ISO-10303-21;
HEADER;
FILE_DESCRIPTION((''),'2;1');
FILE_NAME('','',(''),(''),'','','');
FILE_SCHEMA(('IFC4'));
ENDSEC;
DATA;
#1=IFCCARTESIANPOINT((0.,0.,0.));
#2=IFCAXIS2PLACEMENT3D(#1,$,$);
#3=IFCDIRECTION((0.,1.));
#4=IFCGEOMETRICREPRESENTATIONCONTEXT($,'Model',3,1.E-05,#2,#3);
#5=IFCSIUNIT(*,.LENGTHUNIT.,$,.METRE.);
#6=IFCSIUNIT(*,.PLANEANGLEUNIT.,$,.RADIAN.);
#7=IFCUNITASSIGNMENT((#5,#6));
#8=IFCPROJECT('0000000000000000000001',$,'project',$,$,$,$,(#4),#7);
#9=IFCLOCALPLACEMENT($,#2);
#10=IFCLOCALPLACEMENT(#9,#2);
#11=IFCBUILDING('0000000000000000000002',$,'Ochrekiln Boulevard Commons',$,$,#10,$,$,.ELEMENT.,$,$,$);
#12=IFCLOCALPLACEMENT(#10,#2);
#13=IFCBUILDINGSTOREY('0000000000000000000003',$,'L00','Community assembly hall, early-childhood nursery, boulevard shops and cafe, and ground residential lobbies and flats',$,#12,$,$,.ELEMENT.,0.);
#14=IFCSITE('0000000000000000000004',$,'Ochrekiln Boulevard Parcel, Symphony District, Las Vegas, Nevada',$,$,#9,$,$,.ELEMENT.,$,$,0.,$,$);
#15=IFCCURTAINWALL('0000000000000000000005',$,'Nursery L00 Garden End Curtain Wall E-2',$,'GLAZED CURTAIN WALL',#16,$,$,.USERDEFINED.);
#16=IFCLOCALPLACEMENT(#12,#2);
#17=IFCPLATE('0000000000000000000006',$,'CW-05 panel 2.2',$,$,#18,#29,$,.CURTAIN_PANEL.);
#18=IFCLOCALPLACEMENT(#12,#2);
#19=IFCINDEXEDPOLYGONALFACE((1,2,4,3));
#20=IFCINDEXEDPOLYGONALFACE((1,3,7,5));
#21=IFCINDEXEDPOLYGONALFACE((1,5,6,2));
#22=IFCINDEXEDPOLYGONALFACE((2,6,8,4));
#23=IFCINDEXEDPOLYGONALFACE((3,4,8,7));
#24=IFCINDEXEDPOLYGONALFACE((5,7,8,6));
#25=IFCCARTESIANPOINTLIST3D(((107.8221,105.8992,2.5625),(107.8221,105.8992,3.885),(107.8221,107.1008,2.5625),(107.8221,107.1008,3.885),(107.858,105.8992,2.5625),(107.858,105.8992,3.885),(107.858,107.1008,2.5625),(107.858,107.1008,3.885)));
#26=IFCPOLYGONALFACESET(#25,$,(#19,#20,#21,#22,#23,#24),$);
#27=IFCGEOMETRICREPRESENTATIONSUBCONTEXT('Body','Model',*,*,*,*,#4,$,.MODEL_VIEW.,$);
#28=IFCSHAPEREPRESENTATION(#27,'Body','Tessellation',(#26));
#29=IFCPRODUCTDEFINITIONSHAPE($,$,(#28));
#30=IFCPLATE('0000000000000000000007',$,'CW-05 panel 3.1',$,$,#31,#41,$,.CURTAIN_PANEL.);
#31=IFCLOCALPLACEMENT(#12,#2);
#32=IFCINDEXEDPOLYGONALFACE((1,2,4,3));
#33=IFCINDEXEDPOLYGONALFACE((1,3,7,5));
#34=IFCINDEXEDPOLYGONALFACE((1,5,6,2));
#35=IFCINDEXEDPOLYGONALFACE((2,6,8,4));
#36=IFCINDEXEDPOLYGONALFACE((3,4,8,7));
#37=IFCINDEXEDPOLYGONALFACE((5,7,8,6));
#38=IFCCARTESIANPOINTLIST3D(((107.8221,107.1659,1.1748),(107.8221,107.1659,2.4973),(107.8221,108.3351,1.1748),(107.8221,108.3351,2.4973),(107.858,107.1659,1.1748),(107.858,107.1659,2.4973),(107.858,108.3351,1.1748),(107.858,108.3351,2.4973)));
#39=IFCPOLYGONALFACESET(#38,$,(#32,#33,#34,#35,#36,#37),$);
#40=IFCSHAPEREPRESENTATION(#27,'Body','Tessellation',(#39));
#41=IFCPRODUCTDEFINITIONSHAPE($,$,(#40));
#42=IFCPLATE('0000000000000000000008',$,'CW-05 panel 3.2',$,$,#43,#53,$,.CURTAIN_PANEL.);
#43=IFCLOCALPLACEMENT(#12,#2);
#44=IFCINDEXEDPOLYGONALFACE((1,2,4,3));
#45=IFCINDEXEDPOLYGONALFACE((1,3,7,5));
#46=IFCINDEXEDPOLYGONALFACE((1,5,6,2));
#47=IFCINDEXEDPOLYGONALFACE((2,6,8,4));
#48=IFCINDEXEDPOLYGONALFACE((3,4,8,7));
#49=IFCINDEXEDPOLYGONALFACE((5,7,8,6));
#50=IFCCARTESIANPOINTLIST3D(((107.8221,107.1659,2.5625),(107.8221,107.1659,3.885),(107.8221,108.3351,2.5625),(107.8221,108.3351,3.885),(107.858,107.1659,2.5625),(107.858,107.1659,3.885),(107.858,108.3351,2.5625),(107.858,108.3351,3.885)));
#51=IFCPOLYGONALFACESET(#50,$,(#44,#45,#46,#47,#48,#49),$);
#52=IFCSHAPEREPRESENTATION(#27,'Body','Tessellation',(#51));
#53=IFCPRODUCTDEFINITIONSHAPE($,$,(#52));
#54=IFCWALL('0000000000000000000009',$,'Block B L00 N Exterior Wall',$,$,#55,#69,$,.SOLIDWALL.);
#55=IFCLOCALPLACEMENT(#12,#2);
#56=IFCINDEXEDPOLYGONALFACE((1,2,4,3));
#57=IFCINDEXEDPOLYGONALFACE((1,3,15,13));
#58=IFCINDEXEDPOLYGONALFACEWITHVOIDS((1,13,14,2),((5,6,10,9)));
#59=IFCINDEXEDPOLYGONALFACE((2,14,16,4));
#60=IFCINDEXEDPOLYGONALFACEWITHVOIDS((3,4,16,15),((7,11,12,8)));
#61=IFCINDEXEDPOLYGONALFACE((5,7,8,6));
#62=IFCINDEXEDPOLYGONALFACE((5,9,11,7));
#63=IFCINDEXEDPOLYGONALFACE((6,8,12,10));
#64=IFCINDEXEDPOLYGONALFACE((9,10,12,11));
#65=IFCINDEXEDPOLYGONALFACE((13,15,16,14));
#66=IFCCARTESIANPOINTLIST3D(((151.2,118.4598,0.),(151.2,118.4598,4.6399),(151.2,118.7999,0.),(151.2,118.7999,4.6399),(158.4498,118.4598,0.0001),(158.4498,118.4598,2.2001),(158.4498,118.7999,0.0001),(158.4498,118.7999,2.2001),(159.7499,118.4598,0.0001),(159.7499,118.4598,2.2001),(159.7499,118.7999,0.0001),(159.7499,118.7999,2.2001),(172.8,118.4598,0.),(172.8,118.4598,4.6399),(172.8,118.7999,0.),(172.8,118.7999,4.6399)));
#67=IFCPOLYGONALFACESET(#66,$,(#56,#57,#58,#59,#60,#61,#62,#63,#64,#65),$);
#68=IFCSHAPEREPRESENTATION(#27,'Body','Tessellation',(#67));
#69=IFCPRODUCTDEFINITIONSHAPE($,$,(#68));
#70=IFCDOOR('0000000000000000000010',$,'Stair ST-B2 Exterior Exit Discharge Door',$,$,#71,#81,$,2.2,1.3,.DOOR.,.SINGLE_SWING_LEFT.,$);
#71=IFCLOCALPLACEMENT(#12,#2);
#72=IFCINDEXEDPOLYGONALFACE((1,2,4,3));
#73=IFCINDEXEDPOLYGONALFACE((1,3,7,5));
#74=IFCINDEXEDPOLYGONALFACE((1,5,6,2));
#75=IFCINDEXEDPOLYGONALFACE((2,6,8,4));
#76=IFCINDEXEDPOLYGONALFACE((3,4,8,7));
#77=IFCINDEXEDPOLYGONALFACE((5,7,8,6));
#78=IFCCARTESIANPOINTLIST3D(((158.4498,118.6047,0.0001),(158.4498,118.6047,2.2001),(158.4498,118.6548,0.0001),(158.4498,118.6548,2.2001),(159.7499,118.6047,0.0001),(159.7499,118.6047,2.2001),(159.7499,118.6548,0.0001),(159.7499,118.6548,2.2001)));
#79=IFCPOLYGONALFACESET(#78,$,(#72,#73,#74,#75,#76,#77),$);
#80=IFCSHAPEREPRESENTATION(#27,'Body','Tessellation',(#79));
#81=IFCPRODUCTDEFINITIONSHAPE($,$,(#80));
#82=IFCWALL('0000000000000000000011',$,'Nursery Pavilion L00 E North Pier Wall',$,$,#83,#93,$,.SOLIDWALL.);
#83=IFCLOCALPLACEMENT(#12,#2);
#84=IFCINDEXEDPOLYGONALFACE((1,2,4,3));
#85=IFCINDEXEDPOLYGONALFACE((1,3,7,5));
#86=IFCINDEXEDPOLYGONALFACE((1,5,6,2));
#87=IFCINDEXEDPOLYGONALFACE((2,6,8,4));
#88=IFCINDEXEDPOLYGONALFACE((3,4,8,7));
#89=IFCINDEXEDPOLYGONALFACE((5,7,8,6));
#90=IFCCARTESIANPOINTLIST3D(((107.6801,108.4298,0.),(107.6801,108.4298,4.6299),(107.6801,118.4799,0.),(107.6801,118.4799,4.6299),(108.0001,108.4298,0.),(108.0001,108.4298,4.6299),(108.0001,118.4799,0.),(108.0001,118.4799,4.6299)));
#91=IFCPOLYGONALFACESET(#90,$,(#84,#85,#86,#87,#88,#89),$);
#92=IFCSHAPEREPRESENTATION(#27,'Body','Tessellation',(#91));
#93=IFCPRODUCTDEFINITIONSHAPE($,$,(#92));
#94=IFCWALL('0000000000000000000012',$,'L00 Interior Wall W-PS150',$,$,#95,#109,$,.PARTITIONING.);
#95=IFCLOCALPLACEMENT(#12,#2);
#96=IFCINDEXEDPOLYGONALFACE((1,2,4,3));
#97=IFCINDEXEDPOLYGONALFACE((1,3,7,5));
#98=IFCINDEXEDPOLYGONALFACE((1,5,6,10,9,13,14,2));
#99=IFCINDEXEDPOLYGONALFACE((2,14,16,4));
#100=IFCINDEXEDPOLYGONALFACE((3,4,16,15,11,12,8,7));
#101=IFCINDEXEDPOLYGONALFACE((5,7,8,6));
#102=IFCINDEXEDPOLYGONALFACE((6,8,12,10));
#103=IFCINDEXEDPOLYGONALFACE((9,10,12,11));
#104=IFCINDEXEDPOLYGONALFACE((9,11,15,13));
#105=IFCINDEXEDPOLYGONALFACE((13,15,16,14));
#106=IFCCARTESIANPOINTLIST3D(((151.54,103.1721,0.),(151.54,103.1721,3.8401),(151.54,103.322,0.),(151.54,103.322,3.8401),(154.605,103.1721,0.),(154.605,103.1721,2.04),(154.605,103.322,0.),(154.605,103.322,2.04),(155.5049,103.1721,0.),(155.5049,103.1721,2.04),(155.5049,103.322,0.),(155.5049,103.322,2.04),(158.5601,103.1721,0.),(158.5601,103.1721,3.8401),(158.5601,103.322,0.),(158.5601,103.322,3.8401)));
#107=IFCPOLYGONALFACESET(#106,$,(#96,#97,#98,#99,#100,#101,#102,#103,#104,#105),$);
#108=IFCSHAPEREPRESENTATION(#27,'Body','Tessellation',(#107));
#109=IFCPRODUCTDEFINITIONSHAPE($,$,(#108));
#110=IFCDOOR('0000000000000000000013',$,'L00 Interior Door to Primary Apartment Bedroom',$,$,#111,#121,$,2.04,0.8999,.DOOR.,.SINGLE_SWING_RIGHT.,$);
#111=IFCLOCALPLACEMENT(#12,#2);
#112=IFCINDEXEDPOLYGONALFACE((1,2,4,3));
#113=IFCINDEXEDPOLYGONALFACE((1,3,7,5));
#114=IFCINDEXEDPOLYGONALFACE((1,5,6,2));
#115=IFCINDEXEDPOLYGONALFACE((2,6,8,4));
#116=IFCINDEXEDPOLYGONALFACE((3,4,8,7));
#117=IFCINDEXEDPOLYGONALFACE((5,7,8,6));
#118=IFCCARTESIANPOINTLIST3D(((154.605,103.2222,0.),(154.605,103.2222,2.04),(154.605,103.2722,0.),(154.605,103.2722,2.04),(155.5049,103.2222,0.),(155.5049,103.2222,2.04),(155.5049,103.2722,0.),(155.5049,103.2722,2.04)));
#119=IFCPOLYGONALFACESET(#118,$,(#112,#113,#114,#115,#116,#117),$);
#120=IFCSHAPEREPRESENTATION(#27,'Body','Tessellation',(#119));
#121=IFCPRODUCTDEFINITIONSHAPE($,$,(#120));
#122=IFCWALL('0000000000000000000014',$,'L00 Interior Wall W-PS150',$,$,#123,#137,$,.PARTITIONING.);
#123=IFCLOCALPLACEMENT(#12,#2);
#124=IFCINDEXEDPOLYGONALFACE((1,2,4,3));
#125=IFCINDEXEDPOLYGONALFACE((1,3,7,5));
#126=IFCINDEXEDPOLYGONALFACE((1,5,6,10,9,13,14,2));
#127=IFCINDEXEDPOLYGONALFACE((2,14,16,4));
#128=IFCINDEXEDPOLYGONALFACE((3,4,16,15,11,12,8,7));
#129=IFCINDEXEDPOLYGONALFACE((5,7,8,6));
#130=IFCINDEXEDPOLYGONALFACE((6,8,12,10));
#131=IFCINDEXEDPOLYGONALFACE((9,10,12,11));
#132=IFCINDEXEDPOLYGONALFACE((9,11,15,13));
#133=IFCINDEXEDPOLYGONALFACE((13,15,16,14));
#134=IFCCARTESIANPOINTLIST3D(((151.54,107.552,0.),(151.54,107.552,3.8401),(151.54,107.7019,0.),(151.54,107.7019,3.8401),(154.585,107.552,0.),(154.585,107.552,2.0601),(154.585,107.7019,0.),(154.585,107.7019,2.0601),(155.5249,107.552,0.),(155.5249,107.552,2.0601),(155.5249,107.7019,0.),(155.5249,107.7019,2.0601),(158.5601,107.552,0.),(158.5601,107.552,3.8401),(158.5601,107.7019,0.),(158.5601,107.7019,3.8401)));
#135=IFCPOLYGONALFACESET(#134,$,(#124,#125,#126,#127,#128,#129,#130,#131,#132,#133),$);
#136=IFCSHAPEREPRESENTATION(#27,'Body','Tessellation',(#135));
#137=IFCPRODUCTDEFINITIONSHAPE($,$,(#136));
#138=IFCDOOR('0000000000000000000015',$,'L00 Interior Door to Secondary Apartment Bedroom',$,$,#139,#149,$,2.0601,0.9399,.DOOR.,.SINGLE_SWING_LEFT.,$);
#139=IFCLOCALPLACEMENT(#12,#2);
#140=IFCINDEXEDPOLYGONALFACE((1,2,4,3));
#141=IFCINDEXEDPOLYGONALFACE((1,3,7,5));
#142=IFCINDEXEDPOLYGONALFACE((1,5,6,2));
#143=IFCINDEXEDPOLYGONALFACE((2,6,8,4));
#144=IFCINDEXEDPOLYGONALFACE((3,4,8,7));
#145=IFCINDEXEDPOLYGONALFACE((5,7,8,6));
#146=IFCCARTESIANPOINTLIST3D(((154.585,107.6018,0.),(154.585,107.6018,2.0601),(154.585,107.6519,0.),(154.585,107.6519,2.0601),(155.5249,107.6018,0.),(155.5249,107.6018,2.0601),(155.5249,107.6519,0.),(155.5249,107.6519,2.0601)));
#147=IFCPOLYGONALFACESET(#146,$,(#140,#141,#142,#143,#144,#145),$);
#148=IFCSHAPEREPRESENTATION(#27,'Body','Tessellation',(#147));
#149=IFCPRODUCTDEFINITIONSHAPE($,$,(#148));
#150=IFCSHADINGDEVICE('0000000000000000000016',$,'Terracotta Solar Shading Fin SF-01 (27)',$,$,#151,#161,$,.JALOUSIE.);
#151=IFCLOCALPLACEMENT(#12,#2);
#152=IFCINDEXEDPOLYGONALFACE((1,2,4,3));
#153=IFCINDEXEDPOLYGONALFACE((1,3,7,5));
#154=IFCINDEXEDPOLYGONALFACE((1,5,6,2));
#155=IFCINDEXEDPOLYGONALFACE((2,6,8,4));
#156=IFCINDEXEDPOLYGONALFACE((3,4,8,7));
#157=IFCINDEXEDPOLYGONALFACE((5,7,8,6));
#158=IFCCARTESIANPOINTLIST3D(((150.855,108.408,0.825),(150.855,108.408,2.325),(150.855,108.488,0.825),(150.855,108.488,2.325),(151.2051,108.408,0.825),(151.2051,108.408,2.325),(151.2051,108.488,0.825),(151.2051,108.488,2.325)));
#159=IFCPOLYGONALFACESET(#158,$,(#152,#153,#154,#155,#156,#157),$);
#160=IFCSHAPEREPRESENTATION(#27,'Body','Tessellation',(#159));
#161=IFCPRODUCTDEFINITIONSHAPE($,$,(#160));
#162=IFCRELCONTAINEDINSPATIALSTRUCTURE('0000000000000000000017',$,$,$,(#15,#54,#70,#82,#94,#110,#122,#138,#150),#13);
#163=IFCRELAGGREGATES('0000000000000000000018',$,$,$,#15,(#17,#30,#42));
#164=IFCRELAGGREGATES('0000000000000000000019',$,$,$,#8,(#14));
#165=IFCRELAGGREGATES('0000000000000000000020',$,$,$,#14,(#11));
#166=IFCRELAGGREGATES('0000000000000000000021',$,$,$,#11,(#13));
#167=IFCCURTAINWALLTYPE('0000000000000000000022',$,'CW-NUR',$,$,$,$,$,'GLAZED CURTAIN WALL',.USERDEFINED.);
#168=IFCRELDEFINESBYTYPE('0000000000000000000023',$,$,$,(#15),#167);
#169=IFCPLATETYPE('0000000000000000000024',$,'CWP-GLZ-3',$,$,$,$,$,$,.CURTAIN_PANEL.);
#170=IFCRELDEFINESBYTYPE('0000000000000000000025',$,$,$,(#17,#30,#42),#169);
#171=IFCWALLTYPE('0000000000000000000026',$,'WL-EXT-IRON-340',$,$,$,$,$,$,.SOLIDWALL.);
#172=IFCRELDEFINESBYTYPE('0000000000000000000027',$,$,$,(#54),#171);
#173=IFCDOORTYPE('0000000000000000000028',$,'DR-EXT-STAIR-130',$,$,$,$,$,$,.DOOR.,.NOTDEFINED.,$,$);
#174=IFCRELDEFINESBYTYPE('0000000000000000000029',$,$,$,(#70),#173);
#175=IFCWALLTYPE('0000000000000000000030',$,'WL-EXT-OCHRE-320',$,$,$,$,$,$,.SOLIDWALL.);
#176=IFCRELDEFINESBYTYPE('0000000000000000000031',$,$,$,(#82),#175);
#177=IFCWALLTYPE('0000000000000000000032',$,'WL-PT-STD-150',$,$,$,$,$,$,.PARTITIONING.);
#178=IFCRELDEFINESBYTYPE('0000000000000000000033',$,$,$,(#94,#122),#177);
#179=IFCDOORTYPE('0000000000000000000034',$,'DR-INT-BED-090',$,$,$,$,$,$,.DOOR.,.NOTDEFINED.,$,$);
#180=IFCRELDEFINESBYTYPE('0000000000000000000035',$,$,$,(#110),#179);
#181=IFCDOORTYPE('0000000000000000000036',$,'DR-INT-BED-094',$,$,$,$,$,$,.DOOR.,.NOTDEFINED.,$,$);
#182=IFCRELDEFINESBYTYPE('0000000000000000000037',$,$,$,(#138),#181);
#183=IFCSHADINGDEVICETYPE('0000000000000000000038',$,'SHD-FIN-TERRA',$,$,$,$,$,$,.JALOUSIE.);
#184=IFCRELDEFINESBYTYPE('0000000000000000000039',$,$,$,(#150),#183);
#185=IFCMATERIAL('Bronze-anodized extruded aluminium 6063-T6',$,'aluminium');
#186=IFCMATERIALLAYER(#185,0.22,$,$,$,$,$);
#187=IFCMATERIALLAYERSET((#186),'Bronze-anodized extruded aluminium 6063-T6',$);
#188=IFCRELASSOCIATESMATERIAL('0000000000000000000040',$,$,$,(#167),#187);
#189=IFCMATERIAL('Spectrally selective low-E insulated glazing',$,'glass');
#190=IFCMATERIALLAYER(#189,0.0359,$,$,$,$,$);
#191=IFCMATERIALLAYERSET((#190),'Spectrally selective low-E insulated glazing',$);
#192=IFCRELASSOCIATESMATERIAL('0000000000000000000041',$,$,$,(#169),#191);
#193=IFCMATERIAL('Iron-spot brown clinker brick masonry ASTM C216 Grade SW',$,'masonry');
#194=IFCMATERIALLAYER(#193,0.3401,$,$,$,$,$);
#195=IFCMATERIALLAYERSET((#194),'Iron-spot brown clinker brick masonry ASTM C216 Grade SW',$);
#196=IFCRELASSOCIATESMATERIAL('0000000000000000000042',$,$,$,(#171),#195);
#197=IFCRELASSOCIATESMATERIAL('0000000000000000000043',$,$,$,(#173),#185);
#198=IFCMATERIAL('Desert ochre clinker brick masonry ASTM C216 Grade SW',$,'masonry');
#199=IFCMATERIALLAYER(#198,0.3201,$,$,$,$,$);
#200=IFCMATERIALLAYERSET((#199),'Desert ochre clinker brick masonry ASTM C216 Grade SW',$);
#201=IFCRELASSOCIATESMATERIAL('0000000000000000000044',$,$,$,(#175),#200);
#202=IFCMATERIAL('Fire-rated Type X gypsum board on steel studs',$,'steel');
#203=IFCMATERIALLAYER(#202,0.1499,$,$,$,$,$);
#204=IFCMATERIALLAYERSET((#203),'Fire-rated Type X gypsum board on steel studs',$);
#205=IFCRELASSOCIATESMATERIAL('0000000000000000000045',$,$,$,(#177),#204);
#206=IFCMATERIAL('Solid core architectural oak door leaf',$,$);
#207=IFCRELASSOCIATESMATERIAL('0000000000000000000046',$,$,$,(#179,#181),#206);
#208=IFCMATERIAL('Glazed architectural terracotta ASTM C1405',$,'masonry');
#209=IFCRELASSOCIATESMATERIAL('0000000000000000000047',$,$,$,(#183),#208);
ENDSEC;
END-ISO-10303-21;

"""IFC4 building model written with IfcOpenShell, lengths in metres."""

from ifc_helpers import new_model, si_unit, direction, frame, frame_2d, origin, origin_2d, place, context, subcontext, project, spatial, rectangle, extrude, material, layer, layer_set, type_object, element, fill, aggregate, save


model = new_model("IFC4")

# Units and contexts
model_context = context("Model", 3, precision=1e-05, world=origin(), true_north=direction((0.0, 1.0)))
body_context = subcontext(model_context, "Body", "Model", "MODEL_VIEW")
ifc_project = project(units=[si_unit("LENGTHUNIT", "METRE"), si_unit("PLANEANGLEUNIT", "RADIAN")], contexts=[model_context])

# Site, building, storey
site_placement = place(None, origin())
site = spatial("IfcSite", under=ifc_project, at=site_placement, Name="Ochrekiln Boulevard Parcel, Symphony District, Las Vegas, Nevada", CompositionType="ELEMENT", RefElevation=0.0)
building_placement = place(site_placement, origin())
building = spatial("IfcBuilding", under=site, at=building_placement, Name="Ochrekiln Boulevard Commons", CompositionType="ELEMENT")
storey_placement = place(building_placement, origin())
storey = spatial("IfcBuildingStorey", under=building, at=storey_placement, Name="L00", Description="Community assembly hall, early-childhood nursery, boulevard shops and cafe, and ground residential lobbies and flats", CompositionType="ELEMENT", Elevation=0.0)

# Curtain wall
ifc_material_1 = material(Name="Bronze-anodized extruded aluminium 6063-T6", Category="aluminium")
ifc_layer_1 = layer(ifc_material_1, 0.22)
ifc_layer_set_1 = layer_set([ifc_layer_1], Name="Bronze-anodized extruded aluminium 6063-T6")
curtain_wall_type = type_object("IfcCurtainWallType", Name="CW-NUR", ElementType="GLAZED CURTAIN WALL", PredefinedType="USERDEFINED", material=ifc_layer_set_1)
curtain_wall_placement = place(storey_placement, origin())
curtain_wall = element("IfcCurtainWall", 1, at=curtain_wall_placement, inside=storey, type_object=curtain_wall_type, Name="Nursery L00 Garden End Curtain Wall E-2", ObjectType="GLAZED CURTAIN WALL", PredefinedType="USERDEFINED")

# Plates
ifc_material_2 = material(Name="Spectrally selective low-E insulated glazing", Category="glass")
ifc_layer_2 = layer(ifc_material_2, 0.0359)
ifc_layer_set_2 = layer_set([ifc_layer_2], Name="Spectrally selective low-E insulated glazing")
plate_type = type_object("IfcPlateType", Name="CWP-GLZ-3", PredefinedType="CURTAIN_PANEL", material=ifc_layer_set_2)
plate_1_placement = place(storey_placement, frame((107.8401, 106.5, 2.5625), z_axis=(0.0, 0.0, 1.0), x_axis=(0.0, 1.0, 0.0)))
plate_1 = element("IfcPlate", 2, at=plate_1_placement, type_object=plate_type, Name="CW-05 panel 2.2", PredefinedType="CURTAIN_PANEL", context=body_context, shape_type="SweptSolid", body=[
    extrude(rectangle(XDim=1.2017, YDim=0.0359, at=origin_2d()), origin(), (0.0, 0.0, 1.0), 1.3225),
])
plate_2_placement = place(storey_placement, frame((107.8401, 107.7505, 1.1748), z_axis=(0.0, 0.0, 1.0), x_axis=(0.0, 1.0, 0.0)))
plate_2 = element("IfcPlate", 3, at=plate_2_placement, type_object=plate_type, Name="CW-05 panel 3.1", PredefinedType="CURTAIN_PANEL", context=body_context, shape_type="SweptSolid", body=[
    extrude(rectangle(XDim=1.1692, YDim=0.0359, at=origin_2d()), origin(), (0.0, 0.0, 1.0), 1.3225),
])
plate_3_placement = place(storey_placement, frame((107.8401, 107.7505, 2.5625), z_axis=(0.0, 0.0, 1.0), x_axis=(0.0, 1.0, 0.0)))
plate_3 = element("IfcPlate", 4, at=plate_3_placement, type_object=plate_type, Name="CW-05 panel 3.2", PredefinedType="CURTAIN_PANEL", context=body_context, shape_type="SweptSolid", body=[
    extrude(rectangle(XDim=1.1692, YDim=0.0359, at=origin_2d()), origin(), (0.0, 0.0, 1.0), 1.3225),
])
aggregate(curtain_wall, [plate_1, plate_2, plate_3])

# Wall, opening, door
ifc_material_3 = material(Name="Iron-spot brown clinker brick masonry ASTM C216 Grade SW", Category="masonry")
ifc_layer_3 = layer(ifc_material_3, 0.3401)
ifc_layer_set_3 = layer_set([ifc_layer_3], Name="Iron-spot brown clinker brick masonry ASTM C216 Grade SW")
wall_type_1 = type_object("IfcWallType", Name="WL-EXT-IRON-340", PredefinedType="SOLIDWALL", material=ifc_layer_set_3)
wall_1_placement = place(storey_placement, frame((151.2, 118.6299, 0.0), z_axis=(0.0, 0.0, 1.0), x_axis=(1.0, 0.0, 0.0)))
wall_1 = element("IfcWall", 5, at=wall_1_placement, inside=storey, type_object=wall_type_1, Name="Block B L00 N Exterior Wall", PredefinedType="SOLIDWALL", context=body_context, shape_type="SweptSolid", body=[
    extrude(rectangle(XDim=21.6001, YDim=0.3401, at=frame_2d((10.8, 0.0))), origin(), (0.0, 0.0, 1.0), 4.6399),
])
opening_1_placement = place(wall_1_placement, frame((7.25, 0.0, 0.0)))
opening_1 = element("IfcOpeningElement", 6, at=opening_1_placement, cuts=wall_1, PredefinedType="OPENING", context=body_context, shape_type="SweptSolid", body=[
    extrude(rectangle(XDim=1.3, YDim=2.2, at=frame_2d((0.6499, 1.1001))), frame((0.0, 0.1799, 0.0), z_axis=(0.0, -1.0, 0.0), x_axis=(1.0, 0.0, 0.0)), (0.0, 0.0, 1.0), 0.3601),
])
door_type_1 = type_object("IfcDoorType", Name="DR-EXT-STAIR-130", OperationType="NOTDEFINED", PredefinedType="DOOR", material=ifc_material_1)
door_1_placement = place(opening_1_placement, origin())
door_1 = element("IfcDoor", 7, at=door_1_placement, inside=storey, type_object=door_type_1, Name="Stair ST-B2 Exterior Exit Discharge Door", OperationType="SINGLE_SWING_LEFT", OverallHeight=2.2, OverallWidth=1.3, PredefinedType="DOOR", context=body_context, shape_type="SweptSolid", body=[
    extrude(rectangle(XDim=1.3, YDim=2.2, at=frame_2d((0.6499, 1.1001))), frame((0.0, 0.0249, 0.0), z_axis=(0.0, -1.0, 0.0), x_axis=(1.0, 0.0, 0.0)), (0.0, 0.0, 1.0), 0.05),
])
fill(opening_1, door_1)

# Wall
ifc_material_4 = material(Name="Desert ochre clinker brick masonry ASTM C216 Grade SW", Category="masonry")
ifc_layer_4 = layer(ifc_material_4, 0.3201)
ifc_layer_set_4 = layer_set([ifc_layer_4], Name="Desert ochre clinker brick masonry ASTM C216 Grade SW")
wall_type_2 = type_object("IfcWallType", Name="WL-EXT-OCHRE-320", PredefinedType="SOLIDWALL", material=ifc_layer_set_4)
wall_2_placement = place(storey_placement, frame((107.8401, 108.4299, 0.0), z_axis=(0.0, 0.0, 1.0), x_axis=(0.0, 1.0, 0.0)))
element("IfcWall", 8, at=wall_2_placement, inside=storey, type_object=wall_type_2, Name="Nursery Pavilion L00 E North Pier Wall", PredefinedType="SOLIDWALL", context=body_context, shape_type="SweptSolid", body=[
    extrude(rectangle(XDim=10.05, YDim=0.3201, at=frame_2d((5.0249, 0.0))), origin(), (0.0, 0.0, 1.0), 4.6299),
])

# Walls, openings, doors
ifc_material_5 = material(Name="Fire-rated Type X gypsum board on steel studs", Category="steel")
ifc_layer_5 = layer(ifc_material_5, 0.1499)
ifc_layer_set_5 = layer_set([ifc_layer_5], Name="Fire-rated Type X gypsum board on steel studs")
wall_type_3 = type_object("IfcWallType", Name="WL-PT-STD-150", PredefinedType="PARTITIONING", material=ifc_layer_set_5)
wall_3_placement = place(storey_placement, frame((151.54, 103.2471, 0.0), z_axis=(0.0, 0.0, 1.0), x_axis=(1.0, 0.0, 0.0)))
wall_3 = element("IfcWall", 9, at=wall_3_placement, inside=storey, type_object=wall_type_3, Name="L00 Interior Wall W-PS150", PredefinedType="PARTITIONING", context=body_context, shape_type="SweptSolid", body=[
    extrude(rectangle(XDim=7.02, YDim=0.1499, at=frame_2d((3.51, 0.0))), origin(), (0.0, 0.0, 1.0), 3.8401),
])
opening_2_placement = place(wall_3_placement, frame((3.0649, 0.0, 0.0)))
opening_2 = element("IfcOpeningElement", 10, at=opening_2_placement, cuts=wall_3, PredefinedType="OPENING", context=body_context, shape_type="SweptSolid", body=[
    extrude(rectangle(XDim=0.8999, YDim=2.04, at=frame_2d((0.45, 1.02))), frame((0.0, 0.085, 0.0), z_axis=(0.0, -1.0, 0.0), x_axis=(1.0, 0.0, 0.0)), (0.0, 0.0, 1.0), 0.1699),
])
ifc_material_6 = material(Name="Solid core architectural oak door leaf")
door_type_2 = type_object("IfcDoorType", Name="DR-INT-BED-090", OperationType="NOTDEFINED", PredefinedType="DOOR", material=ifc_material_6)
door_2_placement = place(opening_2_placement, frame((0.8999, 0.0, 0.0), z_axis=(0.0, 0.0, 1.0), x_axis=(-1.0, 0.0, 0.0)))
door_2 = element("IfcDoor", 11, at=door_2_placement, inside=storey, type_object=door_type_2, Name="L00 Interior Door to Primary Apartment Bedroom", OperationType="SINGLE_SWING_RIGHT", OverallHeight=2.04, OverallWidth=0.8999, PredefinedType="DOOR", context=body_context, shape_type="SweptSolid", body=[
    extrude(rectangle(XDim=0.8999, YDim=2.04, at=frame_2d((0.45, 1.02))), frame((0.0, 0.0249, 0.0), z_axis=(0.0, -1.0, 0.0), x_axis=(1.0, 0.0, 0.0)), (0.0, 0.0, 1.0), 0.05),
])
fill(opening_2, door_2)
wall_4_placement = place(storey_placement, frame((151.54, 107.627, 0.0), z_axis=(0.0, 0.0, 1.0), x_axis=(1.0, 0.0, 0.0)))
wall_4 = element("IfcWall", 12, at=wall_4_placement, inside=storey, type_object=wall_type_3, Name="L00 Interior Wall W-PS150", PredefinedType="PARTITIONING", context=body_context, shape_type="SweptSolid", body=[
    extrude(rectangle(XDim=7.02, YDim=0.1499, at=frame_2d((3.51, 0.0))), origin(), (0.0, 0.0, 1.0), 3.8401),
])
opening_3_placement = place(wall_4_placement, frame((3.0449, 0.0, 0.0)))
opening_3 = element("IfcOpeningElement", 13, at=opening_3_placement, cuts=wall_4, PredefinedType="OPENING", context=body_context, shape_type="SweptSolid", body=[
    extrude(rectangle(XDim=0.9399, YDim=2.0601, at=frame_2d((0.47, 1.03))), frame((0.0, 0.085, 0.0), z_axis=(0.0, -1.0, 0.0), x_axis=(1.0, 0.0, 0.0)), (0.0, 0.0, 1.0), 0.1699),
])
door_type_3 = type_object("IfcDoorType", Name="DR-INT-BED-094", OperationType="NOTDEFINED", PredefinedType="DOOR", material=ifc_material_6)
door_3_placement = place(opening_3_placement, origin())
door_3 = element("IfcDoor", 14, at=door_3_placement, inside=storey, type_object=door_type_3, Name="L00 Interior Door to Secondary Apartment Bedroom", OperationType="SINGLE_SWING_LEFT", OverallHeight=2.0601, OverallWidth=0.9399, PredefinedType="DOOR", context=body_context, shape_type="SweptSolid", body=[
    extrude(rectangle(XDim=0.9399, YDim=2.0601, at=frame_2d((0.47, 1.03))), frame((0.0, 0.0249, 0.0), z_axis=(0.0, -1.0, 0.0), x_axis=(1.0, 0.0, 0.0)), (0.0, 0.0, 1.0), 0.05),
])
fill(opening_3, door_3)

# Shading device
ifc_material_7 = material(Name="Glazed architectural terracotta ASTM C1405", Category="masonry")
shading_device_type = type_object("IfcShadingDeviceType", Name="SHD-FIN-TERRA", PredefinedType="JALOUSIE", material=ifc_material_7)
shading_device_placement = place(storey_placement, frame((151.03, 108.448, 0.825), z_axis=(0.0, 0.0, 1.0), x_axis=(1.0, 0.0, 0.0)))
element("IfcShadingDevice", 15, at=shading_device_placement, inside=storey, type_object=shading_device_type, Name="Terracotta Solar Shading Fin SF-01 (27)", PredefinedType="JALOUSIE", context=body_context, shape_type="SweptSolid", body=[
    extrude(rectangle(XDim=0.3501, YDim=0.0801, at=origin_2d()), origin(), (0.0, 0.0, 1.0), 1.5),
])

save(model, "model.ifc")
